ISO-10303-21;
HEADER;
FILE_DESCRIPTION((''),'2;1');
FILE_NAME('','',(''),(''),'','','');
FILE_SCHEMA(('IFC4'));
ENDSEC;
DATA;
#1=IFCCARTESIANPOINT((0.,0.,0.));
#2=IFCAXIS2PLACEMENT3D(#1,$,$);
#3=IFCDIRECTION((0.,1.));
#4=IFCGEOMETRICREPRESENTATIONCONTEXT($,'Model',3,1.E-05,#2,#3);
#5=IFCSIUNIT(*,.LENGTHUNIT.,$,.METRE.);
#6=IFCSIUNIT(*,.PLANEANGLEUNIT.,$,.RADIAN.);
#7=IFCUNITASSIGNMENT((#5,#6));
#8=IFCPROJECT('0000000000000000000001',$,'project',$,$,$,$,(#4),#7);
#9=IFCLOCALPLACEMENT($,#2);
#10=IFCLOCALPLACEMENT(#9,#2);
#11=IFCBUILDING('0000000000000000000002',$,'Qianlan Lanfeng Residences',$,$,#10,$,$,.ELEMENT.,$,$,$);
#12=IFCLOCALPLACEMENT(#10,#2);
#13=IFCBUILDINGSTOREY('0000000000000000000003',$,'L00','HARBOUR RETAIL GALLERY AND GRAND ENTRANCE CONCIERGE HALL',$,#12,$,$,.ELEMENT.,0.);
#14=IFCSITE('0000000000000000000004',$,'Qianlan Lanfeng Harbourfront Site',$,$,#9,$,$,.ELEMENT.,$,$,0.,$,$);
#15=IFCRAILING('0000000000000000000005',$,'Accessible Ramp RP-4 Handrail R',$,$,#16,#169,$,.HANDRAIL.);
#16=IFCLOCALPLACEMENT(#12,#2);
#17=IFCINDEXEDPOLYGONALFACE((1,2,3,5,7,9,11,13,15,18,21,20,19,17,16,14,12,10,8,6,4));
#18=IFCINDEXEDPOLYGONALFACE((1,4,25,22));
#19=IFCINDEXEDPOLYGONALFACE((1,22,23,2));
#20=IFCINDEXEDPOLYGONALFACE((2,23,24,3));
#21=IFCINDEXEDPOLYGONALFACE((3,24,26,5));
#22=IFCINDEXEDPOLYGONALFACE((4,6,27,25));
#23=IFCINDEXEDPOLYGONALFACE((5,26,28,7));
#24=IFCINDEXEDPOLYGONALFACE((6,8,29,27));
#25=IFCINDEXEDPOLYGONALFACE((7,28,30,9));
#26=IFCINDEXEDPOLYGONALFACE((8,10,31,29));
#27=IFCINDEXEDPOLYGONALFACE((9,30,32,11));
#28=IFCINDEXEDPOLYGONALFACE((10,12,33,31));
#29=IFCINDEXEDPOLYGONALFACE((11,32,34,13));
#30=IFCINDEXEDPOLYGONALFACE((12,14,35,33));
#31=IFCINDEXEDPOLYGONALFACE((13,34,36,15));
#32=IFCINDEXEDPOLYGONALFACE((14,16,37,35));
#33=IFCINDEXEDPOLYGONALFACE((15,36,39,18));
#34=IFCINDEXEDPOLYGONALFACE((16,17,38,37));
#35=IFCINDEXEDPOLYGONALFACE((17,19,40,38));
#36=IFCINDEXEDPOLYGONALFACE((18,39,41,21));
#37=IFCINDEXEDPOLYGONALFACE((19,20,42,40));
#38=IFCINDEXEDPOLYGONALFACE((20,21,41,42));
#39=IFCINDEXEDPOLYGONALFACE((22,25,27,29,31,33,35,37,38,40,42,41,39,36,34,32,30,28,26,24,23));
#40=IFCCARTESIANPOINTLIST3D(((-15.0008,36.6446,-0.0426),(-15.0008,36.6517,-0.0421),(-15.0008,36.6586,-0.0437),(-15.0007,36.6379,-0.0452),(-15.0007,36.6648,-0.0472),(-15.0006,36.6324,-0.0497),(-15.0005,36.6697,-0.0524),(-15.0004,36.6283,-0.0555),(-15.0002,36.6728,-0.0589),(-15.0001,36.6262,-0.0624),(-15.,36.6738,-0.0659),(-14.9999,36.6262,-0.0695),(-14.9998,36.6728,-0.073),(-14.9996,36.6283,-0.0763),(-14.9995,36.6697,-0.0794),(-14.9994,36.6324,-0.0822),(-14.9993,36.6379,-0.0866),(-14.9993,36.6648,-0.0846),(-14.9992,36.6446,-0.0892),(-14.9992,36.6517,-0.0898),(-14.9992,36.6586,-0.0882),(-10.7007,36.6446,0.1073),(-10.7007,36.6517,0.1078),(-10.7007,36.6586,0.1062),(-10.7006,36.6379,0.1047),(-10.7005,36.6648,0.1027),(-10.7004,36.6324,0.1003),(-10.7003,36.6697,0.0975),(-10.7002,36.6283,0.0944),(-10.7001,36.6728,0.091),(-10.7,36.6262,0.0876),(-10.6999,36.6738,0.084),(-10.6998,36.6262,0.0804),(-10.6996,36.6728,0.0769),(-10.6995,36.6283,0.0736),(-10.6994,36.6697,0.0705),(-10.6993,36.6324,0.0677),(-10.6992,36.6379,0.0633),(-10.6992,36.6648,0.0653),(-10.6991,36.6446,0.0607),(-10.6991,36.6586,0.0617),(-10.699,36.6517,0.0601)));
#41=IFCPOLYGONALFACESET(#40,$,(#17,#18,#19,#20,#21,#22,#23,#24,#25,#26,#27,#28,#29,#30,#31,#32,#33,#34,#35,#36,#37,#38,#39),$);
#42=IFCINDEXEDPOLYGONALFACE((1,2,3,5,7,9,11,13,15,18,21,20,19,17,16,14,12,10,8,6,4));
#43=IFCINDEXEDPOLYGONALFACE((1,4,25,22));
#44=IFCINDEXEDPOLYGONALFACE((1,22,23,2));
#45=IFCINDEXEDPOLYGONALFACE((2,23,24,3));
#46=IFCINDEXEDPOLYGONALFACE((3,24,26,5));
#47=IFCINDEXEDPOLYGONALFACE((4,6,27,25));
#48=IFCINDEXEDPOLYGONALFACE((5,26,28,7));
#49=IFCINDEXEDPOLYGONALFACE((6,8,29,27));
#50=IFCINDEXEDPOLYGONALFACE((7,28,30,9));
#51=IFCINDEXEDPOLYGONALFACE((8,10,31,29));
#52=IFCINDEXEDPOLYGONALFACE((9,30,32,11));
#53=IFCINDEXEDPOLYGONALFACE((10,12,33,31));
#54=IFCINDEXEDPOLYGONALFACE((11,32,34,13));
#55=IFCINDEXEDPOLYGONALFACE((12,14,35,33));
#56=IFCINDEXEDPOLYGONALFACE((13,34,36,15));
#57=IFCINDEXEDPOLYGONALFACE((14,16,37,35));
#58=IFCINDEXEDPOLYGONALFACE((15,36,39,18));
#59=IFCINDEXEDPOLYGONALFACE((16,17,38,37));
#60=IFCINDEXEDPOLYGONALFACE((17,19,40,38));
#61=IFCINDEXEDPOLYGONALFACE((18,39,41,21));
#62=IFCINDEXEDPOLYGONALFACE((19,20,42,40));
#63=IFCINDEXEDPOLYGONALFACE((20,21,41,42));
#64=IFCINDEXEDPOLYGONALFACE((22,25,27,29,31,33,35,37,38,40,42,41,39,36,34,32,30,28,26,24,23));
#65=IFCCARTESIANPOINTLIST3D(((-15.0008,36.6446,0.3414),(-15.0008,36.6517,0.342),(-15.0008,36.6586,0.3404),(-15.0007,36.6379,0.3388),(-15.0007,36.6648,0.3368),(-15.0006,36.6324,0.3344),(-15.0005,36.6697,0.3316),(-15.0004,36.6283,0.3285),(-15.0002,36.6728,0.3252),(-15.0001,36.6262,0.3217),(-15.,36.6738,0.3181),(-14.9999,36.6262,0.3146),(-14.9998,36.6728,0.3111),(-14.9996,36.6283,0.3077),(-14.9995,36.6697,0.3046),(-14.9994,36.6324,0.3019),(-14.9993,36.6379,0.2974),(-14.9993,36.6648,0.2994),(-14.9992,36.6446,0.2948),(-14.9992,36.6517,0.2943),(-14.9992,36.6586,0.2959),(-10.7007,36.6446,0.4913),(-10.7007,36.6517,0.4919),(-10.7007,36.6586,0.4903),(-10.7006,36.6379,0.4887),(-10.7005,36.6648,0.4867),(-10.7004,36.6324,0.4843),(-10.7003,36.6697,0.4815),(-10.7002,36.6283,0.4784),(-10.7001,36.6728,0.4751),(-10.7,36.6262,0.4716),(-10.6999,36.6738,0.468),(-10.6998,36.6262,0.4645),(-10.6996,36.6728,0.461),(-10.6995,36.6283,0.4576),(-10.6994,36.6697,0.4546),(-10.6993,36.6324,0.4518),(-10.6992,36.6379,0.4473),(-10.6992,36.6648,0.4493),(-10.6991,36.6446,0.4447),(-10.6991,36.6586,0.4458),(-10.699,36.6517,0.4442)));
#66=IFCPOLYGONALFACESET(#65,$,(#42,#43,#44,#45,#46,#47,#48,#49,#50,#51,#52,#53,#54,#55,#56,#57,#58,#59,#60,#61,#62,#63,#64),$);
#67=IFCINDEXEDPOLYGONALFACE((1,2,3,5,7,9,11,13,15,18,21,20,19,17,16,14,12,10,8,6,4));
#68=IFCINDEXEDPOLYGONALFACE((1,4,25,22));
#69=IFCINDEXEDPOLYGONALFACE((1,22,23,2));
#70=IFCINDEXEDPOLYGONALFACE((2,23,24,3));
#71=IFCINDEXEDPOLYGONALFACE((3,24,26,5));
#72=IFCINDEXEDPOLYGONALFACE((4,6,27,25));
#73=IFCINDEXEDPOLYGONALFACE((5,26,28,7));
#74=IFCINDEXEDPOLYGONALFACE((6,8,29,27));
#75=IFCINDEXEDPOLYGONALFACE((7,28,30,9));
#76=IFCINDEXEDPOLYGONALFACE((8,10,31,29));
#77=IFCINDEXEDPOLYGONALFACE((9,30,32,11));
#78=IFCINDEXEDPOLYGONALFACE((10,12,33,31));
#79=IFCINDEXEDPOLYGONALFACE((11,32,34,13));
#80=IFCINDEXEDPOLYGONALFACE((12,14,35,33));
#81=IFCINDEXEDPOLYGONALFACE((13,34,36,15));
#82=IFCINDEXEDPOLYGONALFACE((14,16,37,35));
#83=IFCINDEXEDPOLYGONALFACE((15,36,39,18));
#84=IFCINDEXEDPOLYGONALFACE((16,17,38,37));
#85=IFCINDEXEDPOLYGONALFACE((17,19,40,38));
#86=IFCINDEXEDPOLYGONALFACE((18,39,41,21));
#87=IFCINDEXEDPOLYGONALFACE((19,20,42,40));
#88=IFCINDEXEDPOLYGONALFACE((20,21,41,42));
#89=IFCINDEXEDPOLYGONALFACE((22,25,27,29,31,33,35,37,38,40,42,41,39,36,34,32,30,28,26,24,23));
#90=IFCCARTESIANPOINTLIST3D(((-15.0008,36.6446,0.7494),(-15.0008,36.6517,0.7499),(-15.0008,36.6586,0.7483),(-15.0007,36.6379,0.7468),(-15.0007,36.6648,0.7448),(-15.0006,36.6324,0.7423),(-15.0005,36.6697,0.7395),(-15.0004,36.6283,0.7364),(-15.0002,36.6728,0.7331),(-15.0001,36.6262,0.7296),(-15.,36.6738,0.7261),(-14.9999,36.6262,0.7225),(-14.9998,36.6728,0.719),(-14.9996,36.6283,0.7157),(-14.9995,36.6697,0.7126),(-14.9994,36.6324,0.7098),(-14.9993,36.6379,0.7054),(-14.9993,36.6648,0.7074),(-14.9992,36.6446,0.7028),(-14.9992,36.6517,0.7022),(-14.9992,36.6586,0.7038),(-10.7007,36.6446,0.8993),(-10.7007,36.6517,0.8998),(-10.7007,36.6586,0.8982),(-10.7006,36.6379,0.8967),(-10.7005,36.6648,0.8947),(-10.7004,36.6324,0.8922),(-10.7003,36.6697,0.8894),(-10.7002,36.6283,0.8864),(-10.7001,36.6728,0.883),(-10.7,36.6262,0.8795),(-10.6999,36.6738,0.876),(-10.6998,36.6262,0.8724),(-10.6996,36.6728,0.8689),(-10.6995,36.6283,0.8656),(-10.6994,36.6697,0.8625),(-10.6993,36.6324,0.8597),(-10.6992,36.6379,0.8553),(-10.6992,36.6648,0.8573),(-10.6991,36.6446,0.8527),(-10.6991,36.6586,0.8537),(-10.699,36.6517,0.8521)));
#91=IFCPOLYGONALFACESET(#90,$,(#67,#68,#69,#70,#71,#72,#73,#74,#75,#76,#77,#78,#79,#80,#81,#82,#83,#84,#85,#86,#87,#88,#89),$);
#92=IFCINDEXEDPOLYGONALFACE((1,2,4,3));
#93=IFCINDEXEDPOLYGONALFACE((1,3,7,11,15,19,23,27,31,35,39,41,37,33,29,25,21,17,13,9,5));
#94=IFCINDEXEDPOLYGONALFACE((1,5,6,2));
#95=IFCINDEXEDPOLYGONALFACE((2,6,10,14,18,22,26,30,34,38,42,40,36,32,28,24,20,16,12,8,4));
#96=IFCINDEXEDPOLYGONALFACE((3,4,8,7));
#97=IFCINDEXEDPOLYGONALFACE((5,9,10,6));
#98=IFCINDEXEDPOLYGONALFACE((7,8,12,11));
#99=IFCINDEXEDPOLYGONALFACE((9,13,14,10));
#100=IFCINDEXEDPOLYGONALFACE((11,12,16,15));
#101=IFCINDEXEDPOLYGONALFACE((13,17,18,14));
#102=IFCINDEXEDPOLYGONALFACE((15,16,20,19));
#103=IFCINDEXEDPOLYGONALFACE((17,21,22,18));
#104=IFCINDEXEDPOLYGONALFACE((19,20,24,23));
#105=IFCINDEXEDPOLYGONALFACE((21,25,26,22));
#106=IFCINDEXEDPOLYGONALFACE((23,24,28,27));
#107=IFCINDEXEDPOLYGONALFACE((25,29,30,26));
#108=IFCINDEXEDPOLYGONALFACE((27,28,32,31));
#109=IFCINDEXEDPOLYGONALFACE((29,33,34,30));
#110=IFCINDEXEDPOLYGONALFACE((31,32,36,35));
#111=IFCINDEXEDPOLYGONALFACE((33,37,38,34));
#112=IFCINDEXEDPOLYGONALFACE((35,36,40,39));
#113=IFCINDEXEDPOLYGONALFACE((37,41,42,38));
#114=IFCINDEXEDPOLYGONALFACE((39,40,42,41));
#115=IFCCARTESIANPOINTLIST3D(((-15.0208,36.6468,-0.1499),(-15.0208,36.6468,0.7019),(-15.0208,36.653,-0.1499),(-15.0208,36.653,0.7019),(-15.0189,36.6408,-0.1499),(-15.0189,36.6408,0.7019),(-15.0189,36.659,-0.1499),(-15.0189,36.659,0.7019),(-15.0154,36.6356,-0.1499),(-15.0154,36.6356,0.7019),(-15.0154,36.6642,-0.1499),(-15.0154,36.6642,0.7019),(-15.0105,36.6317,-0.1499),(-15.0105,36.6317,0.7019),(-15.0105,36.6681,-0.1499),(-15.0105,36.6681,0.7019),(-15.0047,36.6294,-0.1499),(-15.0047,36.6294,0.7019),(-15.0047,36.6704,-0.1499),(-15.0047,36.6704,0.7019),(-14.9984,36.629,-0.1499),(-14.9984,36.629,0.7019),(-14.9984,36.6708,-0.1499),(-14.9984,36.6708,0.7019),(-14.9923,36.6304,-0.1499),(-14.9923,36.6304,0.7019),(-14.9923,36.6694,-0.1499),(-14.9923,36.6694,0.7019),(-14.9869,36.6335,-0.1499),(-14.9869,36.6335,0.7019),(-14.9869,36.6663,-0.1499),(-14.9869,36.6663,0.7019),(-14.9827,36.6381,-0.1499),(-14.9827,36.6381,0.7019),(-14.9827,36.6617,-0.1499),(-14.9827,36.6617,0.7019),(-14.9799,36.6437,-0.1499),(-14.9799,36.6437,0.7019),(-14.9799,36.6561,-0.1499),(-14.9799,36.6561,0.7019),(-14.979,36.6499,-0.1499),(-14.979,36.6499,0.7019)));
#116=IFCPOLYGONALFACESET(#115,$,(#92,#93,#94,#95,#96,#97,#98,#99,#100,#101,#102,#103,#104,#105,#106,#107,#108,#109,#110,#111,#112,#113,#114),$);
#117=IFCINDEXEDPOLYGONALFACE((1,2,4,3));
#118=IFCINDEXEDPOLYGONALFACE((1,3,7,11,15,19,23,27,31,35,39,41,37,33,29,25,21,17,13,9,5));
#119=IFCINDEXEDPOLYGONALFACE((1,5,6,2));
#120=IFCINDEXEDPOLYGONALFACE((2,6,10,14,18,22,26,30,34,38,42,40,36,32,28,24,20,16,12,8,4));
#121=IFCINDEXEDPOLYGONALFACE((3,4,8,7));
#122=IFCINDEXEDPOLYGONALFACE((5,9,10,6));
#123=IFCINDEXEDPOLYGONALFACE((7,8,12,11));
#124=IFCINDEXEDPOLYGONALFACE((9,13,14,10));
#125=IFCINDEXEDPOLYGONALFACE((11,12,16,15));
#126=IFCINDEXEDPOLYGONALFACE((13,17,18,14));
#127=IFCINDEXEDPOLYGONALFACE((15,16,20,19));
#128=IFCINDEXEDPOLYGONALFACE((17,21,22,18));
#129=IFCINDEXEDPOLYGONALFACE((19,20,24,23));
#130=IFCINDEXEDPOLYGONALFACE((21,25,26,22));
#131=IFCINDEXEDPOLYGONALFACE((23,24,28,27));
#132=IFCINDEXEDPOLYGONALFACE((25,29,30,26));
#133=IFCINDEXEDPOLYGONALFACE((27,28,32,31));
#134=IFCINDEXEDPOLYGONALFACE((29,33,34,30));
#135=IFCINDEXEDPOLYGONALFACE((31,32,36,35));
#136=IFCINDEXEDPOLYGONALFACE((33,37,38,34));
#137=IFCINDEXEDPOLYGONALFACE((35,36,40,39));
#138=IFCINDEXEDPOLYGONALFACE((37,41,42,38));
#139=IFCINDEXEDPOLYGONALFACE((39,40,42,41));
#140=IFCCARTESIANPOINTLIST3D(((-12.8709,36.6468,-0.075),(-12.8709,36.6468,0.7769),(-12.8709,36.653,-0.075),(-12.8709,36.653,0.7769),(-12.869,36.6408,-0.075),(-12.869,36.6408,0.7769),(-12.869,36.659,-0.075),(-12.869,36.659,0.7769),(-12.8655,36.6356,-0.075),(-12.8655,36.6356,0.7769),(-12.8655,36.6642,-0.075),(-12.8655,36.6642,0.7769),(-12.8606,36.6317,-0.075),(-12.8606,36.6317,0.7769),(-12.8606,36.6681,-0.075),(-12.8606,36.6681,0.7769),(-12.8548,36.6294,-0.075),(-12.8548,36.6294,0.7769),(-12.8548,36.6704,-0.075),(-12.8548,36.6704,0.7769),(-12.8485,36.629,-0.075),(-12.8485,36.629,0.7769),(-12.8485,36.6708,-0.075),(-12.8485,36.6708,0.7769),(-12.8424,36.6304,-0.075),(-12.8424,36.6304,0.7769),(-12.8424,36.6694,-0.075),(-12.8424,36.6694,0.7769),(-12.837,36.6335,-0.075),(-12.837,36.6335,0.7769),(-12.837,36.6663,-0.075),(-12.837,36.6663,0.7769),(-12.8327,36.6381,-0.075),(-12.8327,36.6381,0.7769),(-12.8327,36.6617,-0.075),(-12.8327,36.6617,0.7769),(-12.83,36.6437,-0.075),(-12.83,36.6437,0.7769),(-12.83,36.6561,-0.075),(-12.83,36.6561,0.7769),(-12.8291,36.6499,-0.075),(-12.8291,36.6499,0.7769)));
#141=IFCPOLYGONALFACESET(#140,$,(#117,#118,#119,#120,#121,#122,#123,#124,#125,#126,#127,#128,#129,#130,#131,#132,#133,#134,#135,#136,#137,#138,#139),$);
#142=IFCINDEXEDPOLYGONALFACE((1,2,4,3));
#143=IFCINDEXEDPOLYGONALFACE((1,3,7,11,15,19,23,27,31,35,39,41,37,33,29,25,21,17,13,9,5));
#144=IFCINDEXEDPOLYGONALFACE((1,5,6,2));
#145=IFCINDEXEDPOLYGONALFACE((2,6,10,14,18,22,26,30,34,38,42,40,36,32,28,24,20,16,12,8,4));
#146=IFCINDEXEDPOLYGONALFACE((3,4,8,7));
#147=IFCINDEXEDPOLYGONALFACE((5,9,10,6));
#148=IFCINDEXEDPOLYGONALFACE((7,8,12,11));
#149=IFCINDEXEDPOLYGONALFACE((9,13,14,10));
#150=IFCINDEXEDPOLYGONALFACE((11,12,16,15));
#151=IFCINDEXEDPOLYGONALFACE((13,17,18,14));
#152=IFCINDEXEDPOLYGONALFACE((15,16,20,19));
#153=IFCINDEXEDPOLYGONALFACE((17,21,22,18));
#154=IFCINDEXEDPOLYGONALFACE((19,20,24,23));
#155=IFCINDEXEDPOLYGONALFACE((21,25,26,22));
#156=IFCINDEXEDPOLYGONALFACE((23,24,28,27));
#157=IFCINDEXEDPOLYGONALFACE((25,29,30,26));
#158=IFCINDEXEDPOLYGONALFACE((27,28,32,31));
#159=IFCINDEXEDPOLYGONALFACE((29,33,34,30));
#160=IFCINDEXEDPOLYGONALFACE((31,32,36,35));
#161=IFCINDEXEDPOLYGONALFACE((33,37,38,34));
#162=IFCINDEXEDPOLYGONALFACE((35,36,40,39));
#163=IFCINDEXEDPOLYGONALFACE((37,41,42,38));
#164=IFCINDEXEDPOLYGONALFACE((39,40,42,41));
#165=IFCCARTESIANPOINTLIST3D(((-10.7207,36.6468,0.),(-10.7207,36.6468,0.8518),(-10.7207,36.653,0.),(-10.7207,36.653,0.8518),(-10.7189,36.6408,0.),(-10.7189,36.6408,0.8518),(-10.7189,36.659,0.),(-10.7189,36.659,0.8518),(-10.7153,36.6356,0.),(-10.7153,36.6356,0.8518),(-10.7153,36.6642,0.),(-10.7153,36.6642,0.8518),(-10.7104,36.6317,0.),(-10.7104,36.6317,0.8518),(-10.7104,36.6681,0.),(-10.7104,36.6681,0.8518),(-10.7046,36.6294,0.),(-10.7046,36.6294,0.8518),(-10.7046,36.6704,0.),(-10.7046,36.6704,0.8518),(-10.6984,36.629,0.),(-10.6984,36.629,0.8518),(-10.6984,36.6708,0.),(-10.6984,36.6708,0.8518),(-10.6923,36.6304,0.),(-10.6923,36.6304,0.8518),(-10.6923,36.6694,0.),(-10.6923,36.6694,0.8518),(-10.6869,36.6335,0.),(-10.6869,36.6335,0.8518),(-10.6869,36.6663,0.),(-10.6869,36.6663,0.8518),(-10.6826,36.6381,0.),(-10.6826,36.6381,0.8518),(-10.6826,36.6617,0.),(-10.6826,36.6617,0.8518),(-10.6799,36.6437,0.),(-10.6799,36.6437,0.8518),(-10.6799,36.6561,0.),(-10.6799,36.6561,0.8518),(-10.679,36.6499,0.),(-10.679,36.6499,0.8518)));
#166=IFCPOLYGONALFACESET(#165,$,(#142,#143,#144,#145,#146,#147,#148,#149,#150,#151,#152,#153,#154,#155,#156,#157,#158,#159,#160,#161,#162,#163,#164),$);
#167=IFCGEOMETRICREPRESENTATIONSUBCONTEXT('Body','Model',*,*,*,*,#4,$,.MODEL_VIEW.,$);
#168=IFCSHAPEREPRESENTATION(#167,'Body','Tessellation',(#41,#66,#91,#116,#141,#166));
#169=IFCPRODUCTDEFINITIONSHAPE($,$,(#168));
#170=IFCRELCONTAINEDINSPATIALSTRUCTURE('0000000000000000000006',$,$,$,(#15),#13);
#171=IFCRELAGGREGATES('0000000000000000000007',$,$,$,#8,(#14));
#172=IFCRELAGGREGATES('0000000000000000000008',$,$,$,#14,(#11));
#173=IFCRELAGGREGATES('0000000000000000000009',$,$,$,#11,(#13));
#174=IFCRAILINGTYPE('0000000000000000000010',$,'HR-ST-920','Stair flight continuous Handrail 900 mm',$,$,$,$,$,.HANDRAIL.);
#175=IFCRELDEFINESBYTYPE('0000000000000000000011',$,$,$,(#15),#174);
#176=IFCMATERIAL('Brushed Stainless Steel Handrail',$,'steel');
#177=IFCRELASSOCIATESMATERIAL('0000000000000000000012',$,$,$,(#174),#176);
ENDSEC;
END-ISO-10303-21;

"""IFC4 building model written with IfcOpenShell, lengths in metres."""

from ifc_helpers import new_model, si_unit, direction, frame, origin, origin_2d, place, context, subcontext, project, spatial, circle, extrude, material, type_object, element, save


model = new_model("IFC4")

# Units and contexts
model_context = context("Model", 3, precision=1e-05, world=origin(), true_north=direction((0.0, 1.0)))
body_context = subcontext(model_context, "Body", "Model", "MODEL_VIEW")
ifc_project = project(units=[si_unit("LENGTHUNIT", "METRE"), si_unit("PLANEANGLEUNIT", "RADIAN")], contexts=[model_context])

# Site, building, storey
site_placement = place(None, origin())
site = spatial("IfcSite", under=ifc_project, at=site_placement, Name="Qianlan Lanfeng Harbourfront Site", CompositionType="ELEMENT", RefElevation=0.0)
building_placement = place(site_placement, origin())
building = spatial("IfcBuilding", under=site, at=building_placement, Name="Qianlan Lanfeng Residences", CompositionType="ELEMENT")
storey_placement = place(building_placement, origin())
storey = spatial("IfcBuildingStorey", under=building, at=storey_placement, Name="L00", Description="HARBOUR RETAIL GALLERY AND GRAND ENTRANCE CONCIERGE HALL", CompositionType="ELEMENT", Elevation=0.0)

# Railing
ifc_material_1 = material(Name="Brushed Stainless Steel Handrail", Category="steel")
railing_type_1 = type_object("IfcRailingType", Name="HR-ST-920", Description="Stair flight continuous Handrail 900 mm", PredefinedType="HANDRAIL", material=ifc_material_1)
for number, where, name in (
    (1, (-15.0, 36.6499, -0.1499), "Accessible Ramp RP-4 Handrail R"),
):
    element("IfcRailing", number, at=place(storey_placement, frame(where)), inside=storey, type_object=railing_type_1, Name=name, PredefinedType="HANDRAIL", context=body_context, shape_type="SweptSolid", body=[
        extrude(circle(Radius=0.0239, at=origin_2d()), frame((0.0, 0.0, 0.084), z_axis=(0.999393, 0.0, 0.034839), x_axis=(0.0, 1.0, 0.0)), (0.0, 0.0, 1.0), 4.3027),
        extrude(circle(Radius=0.0239, at=origin_2d()), frame((0.0, 0.0, 0.468), z_axis=(0.999393, 0.0, 0.034839), x_axis=(0.0, 1.0, 0.0)), (0.0, 0.0, 1.0), 4.3027),
        extrude(circle(Radius=0.0239, at=origin_2d()), frame((0.0, 0.0, 0.876), z_axis=(0.999393, 0.0, 0.034839), x_axis=(0.0, 1.0, 0.0)), (0.0, 0.0, 1.0), 4.3027),
        extrude(circle(Radius=0.021, at=origin_2d()), origin(), (0.0, 0.0, 1.0), 0.8518),
        extrude(circle(Radius=0.021, at=origin_2d()), frame((2.1499, 0.0, 0.075)), (0.0, 0.0, 1.0), 0.8518),
        extrude(circle(Radius=0.021, at=origin_2d()), frame((4.3, 0.0, 0.1499)), (0.0, 0.0, 1.0), 0.8518),
    ])

save(model, "model.ifc")
